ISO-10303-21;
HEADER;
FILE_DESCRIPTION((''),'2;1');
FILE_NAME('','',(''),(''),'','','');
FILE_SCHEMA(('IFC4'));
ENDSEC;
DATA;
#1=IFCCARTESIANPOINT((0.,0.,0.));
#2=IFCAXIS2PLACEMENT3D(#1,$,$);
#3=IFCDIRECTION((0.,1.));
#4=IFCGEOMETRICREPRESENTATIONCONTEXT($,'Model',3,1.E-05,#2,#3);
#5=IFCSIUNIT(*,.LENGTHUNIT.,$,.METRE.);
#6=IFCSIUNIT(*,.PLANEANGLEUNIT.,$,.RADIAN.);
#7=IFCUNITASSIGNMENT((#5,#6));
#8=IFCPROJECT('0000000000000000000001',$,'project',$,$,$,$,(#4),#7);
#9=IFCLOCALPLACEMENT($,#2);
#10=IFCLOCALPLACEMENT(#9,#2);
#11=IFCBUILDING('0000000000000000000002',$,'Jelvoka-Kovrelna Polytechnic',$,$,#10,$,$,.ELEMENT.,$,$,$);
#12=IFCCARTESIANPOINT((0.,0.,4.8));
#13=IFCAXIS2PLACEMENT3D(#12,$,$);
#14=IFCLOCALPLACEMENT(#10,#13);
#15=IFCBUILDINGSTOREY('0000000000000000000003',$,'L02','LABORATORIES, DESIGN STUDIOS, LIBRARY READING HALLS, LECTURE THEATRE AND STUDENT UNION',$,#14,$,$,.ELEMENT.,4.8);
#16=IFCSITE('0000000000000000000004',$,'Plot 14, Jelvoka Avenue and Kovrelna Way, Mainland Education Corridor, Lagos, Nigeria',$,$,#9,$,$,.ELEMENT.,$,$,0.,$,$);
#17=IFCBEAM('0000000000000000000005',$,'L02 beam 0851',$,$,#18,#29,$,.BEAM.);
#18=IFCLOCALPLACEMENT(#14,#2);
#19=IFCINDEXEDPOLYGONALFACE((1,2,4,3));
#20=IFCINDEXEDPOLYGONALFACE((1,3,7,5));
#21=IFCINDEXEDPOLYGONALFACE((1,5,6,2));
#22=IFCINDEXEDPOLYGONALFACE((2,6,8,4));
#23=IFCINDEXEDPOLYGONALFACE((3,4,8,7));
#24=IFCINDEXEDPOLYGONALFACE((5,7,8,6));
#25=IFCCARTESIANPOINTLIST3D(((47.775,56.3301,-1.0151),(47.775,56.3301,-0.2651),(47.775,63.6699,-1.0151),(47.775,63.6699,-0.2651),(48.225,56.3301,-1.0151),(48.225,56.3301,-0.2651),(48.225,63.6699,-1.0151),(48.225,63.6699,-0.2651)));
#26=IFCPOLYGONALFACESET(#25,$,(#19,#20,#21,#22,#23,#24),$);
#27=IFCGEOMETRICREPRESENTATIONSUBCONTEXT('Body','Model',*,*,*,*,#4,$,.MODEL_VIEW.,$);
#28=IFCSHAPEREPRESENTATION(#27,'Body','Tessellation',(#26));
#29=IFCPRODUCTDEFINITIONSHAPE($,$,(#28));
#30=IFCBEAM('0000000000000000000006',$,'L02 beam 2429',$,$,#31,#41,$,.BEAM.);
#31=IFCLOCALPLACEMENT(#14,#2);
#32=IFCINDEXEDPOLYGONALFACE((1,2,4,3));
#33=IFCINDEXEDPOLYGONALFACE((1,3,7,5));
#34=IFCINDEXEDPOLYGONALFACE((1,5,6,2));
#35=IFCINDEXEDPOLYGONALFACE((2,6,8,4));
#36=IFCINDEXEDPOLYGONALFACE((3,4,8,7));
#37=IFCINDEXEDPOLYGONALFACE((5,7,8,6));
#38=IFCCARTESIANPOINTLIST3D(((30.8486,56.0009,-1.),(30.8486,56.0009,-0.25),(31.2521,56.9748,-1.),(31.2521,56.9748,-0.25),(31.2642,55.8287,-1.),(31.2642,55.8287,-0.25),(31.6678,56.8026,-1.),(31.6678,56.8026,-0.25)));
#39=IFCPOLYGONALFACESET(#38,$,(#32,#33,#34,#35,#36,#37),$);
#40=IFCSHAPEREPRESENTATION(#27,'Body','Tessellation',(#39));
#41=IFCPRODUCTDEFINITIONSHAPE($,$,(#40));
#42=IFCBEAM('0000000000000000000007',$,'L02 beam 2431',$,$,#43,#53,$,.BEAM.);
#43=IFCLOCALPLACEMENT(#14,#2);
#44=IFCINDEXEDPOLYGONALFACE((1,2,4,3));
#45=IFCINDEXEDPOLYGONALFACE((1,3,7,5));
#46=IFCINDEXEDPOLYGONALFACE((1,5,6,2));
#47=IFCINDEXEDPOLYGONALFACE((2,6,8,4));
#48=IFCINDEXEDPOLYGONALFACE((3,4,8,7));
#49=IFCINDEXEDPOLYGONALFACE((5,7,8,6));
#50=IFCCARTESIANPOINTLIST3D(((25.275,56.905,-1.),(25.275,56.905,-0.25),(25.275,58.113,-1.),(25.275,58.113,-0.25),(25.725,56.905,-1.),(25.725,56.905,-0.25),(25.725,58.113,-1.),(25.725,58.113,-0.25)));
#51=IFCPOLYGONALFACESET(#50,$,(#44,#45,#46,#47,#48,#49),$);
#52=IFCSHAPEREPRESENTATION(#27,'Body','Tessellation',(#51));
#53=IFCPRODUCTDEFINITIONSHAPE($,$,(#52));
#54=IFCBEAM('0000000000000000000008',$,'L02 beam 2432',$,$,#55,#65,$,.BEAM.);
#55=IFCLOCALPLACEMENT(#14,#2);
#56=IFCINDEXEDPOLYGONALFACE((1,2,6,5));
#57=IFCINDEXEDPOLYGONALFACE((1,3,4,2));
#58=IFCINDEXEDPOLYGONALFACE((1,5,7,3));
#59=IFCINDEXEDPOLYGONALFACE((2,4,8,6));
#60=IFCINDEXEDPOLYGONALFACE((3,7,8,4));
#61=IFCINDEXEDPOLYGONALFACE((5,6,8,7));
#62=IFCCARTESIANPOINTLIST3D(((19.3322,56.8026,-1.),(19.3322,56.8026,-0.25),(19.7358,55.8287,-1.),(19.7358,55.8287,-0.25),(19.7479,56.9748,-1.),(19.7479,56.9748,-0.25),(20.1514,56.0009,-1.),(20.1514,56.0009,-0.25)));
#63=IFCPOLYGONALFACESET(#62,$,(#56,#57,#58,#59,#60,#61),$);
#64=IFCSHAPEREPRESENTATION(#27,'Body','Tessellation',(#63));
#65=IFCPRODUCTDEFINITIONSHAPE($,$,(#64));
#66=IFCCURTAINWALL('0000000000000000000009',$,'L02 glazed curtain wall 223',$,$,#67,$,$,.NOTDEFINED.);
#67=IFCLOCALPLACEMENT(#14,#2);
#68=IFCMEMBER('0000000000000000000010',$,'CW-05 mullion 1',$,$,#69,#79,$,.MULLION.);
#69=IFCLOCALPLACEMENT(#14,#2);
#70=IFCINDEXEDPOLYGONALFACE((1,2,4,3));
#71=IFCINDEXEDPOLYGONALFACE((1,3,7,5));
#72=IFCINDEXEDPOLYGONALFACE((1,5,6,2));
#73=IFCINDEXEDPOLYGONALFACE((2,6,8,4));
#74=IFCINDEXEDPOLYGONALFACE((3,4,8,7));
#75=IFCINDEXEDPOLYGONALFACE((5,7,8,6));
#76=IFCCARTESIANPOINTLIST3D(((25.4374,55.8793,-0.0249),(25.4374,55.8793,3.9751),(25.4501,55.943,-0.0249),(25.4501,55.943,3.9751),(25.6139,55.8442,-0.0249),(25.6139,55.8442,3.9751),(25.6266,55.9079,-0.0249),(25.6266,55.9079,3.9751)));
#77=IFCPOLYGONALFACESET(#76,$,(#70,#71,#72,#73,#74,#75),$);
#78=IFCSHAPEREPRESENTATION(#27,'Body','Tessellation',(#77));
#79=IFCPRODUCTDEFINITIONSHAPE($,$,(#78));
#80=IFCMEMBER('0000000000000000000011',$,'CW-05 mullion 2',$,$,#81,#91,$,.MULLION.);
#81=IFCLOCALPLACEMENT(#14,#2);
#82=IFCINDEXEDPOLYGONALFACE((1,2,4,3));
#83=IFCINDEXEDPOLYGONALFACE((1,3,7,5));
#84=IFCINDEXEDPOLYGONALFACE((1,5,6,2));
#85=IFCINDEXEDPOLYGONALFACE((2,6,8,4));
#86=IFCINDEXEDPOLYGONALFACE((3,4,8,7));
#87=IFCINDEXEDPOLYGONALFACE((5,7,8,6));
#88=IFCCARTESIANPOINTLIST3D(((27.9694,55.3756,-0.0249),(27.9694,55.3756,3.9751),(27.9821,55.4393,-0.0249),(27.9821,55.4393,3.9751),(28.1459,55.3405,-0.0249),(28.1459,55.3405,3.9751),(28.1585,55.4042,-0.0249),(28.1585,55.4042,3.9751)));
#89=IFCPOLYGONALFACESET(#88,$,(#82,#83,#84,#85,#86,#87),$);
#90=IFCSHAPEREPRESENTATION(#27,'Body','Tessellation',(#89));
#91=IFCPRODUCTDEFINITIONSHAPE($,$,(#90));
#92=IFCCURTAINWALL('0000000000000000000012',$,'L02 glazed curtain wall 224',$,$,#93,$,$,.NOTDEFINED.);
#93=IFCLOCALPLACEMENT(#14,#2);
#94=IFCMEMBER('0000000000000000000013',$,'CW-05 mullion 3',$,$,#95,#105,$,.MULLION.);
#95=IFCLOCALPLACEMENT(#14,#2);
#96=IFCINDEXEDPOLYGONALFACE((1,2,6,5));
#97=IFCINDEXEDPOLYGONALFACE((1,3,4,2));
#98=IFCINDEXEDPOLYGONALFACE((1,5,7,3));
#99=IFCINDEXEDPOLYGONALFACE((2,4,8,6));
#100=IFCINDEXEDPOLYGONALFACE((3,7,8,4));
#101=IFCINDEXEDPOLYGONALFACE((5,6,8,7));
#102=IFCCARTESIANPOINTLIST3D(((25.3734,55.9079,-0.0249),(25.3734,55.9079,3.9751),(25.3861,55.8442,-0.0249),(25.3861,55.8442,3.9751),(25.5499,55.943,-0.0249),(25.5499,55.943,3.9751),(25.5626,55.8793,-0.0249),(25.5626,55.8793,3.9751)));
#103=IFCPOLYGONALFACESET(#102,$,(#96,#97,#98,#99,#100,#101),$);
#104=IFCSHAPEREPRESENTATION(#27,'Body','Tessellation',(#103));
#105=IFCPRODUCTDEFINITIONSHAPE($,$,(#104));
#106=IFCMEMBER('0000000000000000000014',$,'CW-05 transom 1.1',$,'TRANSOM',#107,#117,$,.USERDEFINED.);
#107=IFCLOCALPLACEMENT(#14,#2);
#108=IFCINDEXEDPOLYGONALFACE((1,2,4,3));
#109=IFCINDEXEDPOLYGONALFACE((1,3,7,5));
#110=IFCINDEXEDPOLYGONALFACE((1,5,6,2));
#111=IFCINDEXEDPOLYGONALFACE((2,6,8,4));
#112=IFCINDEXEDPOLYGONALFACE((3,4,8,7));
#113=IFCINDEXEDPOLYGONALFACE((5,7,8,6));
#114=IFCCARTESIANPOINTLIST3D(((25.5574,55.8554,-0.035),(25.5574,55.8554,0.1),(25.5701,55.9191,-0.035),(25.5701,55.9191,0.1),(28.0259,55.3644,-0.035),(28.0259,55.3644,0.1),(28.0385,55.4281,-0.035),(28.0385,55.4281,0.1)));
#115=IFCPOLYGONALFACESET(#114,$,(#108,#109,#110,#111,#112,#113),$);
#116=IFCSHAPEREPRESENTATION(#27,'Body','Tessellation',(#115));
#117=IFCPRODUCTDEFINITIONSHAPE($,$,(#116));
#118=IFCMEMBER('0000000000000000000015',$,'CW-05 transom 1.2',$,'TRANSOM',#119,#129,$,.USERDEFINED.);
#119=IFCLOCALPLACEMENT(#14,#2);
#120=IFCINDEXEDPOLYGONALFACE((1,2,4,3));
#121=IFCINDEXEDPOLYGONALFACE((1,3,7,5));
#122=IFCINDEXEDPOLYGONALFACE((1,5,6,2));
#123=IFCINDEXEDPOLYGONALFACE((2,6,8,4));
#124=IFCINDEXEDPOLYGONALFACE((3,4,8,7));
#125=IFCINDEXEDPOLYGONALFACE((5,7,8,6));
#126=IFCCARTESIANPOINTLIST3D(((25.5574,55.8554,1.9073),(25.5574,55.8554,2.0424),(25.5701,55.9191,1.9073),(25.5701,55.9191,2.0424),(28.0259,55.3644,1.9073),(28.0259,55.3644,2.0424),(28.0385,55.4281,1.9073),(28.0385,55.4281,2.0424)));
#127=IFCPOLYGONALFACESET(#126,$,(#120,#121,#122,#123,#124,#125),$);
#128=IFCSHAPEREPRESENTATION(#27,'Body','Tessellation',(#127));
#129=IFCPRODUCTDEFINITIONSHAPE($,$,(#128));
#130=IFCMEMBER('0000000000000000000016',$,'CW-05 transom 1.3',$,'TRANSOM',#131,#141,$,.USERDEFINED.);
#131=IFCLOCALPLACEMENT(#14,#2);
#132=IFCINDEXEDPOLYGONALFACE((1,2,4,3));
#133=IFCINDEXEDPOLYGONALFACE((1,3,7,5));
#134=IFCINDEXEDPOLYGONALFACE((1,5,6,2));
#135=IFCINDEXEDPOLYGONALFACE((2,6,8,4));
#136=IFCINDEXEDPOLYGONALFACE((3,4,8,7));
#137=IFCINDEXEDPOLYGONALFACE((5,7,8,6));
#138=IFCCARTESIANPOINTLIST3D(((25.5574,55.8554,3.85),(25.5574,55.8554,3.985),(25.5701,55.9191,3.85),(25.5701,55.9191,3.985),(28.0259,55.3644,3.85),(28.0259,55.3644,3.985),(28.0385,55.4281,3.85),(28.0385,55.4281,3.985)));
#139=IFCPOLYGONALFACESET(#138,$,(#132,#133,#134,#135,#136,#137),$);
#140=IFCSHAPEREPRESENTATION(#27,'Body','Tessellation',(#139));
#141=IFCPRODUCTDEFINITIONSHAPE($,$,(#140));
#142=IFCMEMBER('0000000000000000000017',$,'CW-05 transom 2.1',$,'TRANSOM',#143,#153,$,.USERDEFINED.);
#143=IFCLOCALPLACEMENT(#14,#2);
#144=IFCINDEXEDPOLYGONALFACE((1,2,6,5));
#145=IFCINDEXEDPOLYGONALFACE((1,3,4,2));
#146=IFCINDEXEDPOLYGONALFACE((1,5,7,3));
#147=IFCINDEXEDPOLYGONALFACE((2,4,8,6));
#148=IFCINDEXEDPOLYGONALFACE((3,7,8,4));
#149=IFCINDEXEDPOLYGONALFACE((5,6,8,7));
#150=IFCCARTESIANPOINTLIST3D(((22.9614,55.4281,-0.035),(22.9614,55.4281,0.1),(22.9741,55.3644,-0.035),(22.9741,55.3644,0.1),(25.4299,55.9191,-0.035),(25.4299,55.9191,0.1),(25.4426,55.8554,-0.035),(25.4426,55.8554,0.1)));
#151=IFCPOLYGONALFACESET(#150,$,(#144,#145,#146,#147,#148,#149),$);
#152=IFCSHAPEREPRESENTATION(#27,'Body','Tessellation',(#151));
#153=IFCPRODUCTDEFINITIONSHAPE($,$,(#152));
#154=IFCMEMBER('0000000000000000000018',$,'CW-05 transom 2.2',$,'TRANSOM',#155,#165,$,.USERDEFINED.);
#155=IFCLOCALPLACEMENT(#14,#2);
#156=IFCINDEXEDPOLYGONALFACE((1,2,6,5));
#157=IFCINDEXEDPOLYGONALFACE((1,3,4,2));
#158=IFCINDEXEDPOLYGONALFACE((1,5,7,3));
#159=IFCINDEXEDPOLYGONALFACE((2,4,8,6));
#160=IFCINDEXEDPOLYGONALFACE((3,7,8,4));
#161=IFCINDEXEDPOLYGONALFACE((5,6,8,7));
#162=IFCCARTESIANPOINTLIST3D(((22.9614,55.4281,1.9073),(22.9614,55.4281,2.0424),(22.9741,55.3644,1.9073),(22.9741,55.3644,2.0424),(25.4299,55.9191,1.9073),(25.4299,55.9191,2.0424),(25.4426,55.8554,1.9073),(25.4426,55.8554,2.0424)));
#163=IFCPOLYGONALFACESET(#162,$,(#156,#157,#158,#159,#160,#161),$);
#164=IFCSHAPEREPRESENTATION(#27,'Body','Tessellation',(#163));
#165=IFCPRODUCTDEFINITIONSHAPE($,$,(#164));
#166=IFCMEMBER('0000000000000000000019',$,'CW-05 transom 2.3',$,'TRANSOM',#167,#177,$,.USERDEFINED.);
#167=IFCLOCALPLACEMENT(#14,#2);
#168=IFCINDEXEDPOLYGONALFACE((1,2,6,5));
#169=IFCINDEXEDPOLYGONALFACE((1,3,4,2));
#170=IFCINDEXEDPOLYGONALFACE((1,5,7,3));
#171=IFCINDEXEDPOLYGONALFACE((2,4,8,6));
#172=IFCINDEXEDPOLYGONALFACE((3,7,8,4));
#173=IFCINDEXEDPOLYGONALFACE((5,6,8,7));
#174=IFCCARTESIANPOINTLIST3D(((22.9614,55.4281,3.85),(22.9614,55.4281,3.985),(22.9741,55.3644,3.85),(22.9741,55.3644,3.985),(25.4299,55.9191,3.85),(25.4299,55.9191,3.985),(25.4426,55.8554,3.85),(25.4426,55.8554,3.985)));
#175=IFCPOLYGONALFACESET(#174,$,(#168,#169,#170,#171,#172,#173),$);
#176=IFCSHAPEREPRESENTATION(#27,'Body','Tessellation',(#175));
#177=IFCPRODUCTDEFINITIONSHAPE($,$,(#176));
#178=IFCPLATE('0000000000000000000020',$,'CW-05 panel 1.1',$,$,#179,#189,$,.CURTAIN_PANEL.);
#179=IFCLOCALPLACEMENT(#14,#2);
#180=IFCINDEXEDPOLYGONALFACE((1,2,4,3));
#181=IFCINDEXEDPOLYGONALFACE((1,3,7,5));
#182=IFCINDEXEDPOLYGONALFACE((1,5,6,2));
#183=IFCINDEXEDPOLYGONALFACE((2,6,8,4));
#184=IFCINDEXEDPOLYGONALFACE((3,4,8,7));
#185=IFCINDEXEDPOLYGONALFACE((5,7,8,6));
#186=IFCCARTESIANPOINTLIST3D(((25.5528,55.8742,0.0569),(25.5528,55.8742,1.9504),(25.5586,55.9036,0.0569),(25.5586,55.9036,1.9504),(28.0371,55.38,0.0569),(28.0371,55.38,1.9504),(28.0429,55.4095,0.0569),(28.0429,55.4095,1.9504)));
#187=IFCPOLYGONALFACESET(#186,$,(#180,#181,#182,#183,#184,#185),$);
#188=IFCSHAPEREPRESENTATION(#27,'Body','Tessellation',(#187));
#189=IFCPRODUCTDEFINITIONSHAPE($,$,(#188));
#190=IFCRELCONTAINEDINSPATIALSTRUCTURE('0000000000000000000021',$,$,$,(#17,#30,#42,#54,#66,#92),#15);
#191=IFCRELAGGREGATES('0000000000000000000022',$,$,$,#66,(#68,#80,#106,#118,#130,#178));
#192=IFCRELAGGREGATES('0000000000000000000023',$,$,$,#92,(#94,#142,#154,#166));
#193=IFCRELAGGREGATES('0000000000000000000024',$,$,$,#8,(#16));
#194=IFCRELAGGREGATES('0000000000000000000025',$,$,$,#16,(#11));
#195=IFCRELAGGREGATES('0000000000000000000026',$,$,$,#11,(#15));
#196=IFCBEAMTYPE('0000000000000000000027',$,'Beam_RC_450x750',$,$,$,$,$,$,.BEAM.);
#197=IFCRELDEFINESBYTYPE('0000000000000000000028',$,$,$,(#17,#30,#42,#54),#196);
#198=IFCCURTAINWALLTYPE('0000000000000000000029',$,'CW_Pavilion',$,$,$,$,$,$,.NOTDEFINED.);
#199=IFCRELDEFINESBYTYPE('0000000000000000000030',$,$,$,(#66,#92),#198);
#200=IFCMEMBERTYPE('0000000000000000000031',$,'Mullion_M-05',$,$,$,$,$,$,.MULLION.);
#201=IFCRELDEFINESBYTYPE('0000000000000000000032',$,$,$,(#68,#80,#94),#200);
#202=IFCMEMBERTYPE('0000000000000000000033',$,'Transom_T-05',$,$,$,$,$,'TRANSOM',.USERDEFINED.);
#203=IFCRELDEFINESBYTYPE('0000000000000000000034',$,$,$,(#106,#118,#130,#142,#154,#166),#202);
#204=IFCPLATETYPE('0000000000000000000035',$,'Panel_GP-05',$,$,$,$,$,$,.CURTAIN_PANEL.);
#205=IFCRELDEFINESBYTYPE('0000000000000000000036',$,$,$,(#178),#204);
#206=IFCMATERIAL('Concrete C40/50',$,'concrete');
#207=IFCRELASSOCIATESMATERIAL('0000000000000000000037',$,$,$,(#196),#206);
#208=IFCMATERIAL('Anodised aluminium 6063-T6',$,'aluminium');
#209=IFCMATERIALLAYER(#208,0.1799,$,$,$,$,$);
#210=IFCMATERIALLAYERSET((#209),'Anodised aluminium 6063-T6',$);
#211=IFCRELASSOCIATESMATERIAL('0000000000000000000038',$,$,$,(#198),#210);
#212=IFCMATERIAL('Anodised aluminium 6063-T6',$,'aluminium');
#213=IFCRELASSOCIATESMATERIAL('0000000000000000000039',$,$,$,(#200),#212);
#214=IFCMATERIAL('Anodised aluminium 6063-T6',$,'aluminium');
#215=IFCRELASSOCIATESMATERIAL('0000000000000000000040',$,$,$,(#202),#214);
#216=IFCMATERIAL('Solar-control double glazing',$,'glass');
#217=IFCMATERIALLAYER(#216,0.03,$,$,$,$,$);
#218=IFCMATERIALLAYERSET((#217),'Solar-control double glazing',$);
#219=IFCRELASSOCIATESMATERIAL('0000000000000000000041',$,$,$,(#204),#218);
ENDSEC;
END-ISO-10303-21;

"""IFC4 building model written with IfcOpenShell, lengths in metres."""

from ifc_helpers import new_model, si_unit, direction, frame, origin, origin_2d, place, context, subcontext, project, spatial, rectangle, extrude, material, layer, layer_set, material_profile, profile_set, type_object, element, aggregate, save


model = new_model("IFC4")

# Units and contexts
model_context = context("Model", 3, precision=1e-05, world=origin(), true_north=direction((0.0, 1.0)))
body_context = subcontext(model_context, "Body", "Model", "MODEL_VIEW")
ifc_project = project(units=[si_unit("LENGTHUNIT", "METRE"), si_unit("PLANEANGLEUNIT", "RADIAN")], contexts=[model_context])

# Site, building, storey
site_placement = place(None, origin())
site = spatial("IfcSite", under=ifc_project, at=site_placement, Name="Plot 14, Jelvoka Avenue and Kovrelna Way, Mainland Education Corridor, Lagos, Nigeria", CompositionType="ELEMENT", RefElevation=0.0)
building_placement = place(site_placement, origin())
building = spatial("IfcBuilding", under=site, at=building_placement, Name="Jelvoka-Kovrelna Polytechnic", CompositionType="ELEMENT")
storey_placement = place(building_placement, frame((0.0, 0.0, 4.8)))
storey = spatial("IfcBuildingStorey", under=building, at=storey_placement, Name="L02", Description="LABORATORIES, DESIGN STUDIOS, LIBRARY READING HALLS, LECTURE THEATRE AND STUDENT UNION", CompositionType="ELEMENT", Elevation=4.8)

# Beams
ifc_material_1 = material(Name="Concrete C40/50", Category="concrete")
ifc_material_profile_1 = material_profile(ifc_material_1, rectangle(XDim=0.45, YDim=0.75, at=origin_2d()), Name="RC 450x750")
ifc_profile_set_1 = profile_set([ifc_material_profile_1], Name="Concrete C40/50")
beam_type_1 = type_object("IfcBeamType", Name="Beam_RC_450x750", PredefinedType="BEAM", material=ifc_profile_set_1)
beam_1_placement = place(storey_placement, frame((48.0, 56.3301, -0.6401), z_axis=(0.0, 1.0, 0.0), x_axis=(-1.0, 0.0, 0.0)))
element("IfcBeam", 1, at=beam_1_placement, inside=storey, type_object=beam_type_1, Name="L02 beam 0851", PredefinedType="BEAM", context=body_context, shape_type="SweptSolid", body=[
    extrude(rectangle(XDim=0.45, YDim=0.75, at=origin_2d()), origin(), (0.0, 0.0, 1.0), 7.3398),
])
beam_2_placement = place(storey_placement, frame((31.0564, 55.9148, -0.625), z_axis=(0.382822, 0.923822, 0.0), x_axis=(-0.923822, 0.382822, 0.0)))
element("IfcBeam", 2, at=beam_2_placement, inside=storey, type_object=beam_type_1, Name="L02 beam 2429", PredefinedType="BEAM", context=body_context, shape_type="SweptSolid", body=[
    extrude(rectangle(XDim=0.45, YDim=0.75, at=origin_2d()), origin(), (0.0, 0.0, 1.0), 1.0542),
])
beam_3_placement = place(storey_placement, frame((25.5, 56.905, -0.625), z_axis=(0.0, 1.0, 0.0), x_axis=(-1.0, 0.0, 0.0)))
element("IfcBeam", 3, at=beam_3_placement, inside=storey, type_object=beam_type_1, Name="L02 beam 2431", PredefinedType="BEAM", context=body_context, shape_type="SweptSolid", body=[
    extrude(rectangle(XDim=0.45, YDim=0.75, at=origin_2d()), origin(), (0.0, 0.0, 1.0), 1.208),
])
beam_4_placement = place(storey_placement, frame((19.9436, 55.9148, -0.625), z_axis=(-0.382822, 0.923822, 0.0), x_axis=(-0.923822, -0.382822, 0.0)))
element("IfcBeam", 4, at=beam_4_placement, inside=storey, type_object=beam_type_1, Name="L02 beam 2432", PredefinedType="BEAM", context=body_context, shape_type="SweptSolid", body=[
    extrude(rectangle(XDim=0.45, YDim=0.75, at=origin_2d()), origin(), (0.0, 0.0, 1.0), 1.0542),
])

# Curtain wall, members
ifc_material_2 = material(Name="Anodised aluminium 6063-T6", Category="aluminium")
ifc_layer_1 = layer(ifc_material_2, 0.1799)
ifc_layer_set_1 = layer_set([ifc_layer_1], Name="Anodised aluminium 6063-T6")
curtain_wall_type = type_object("IfcCurtainWallType", Name="CW_Pavilion", PredefinedType="NOTDEFINED", material=ifc_layer_set_1)
curtain_wall_1_placement = place(storey_placement, origin())
curtain_wall_1 = element("IfcCurtainWall", 5, at=curtain_wall_1_placement, inside=storey, type_object=curtain_wall_type, Name="L02 glazed curtain wall 223", PredefinedType="NOTDEFINED")
ifc_material_3 = material(Name="Anodised aluminium 6063-T6", Category="aluminium")
ifc_material_profile_2 = material_profile(ifc_material_3, rectangle(XDim=0.0649, YDim=0.1799, at=origin_2d()), Name="ALU 65x180")
ifc_profile_set_2 = profile_set([ifc_material_profile_2], Name="Anodised aluminium 6063-T6")
member_type_1 = type_object("IfcMemberType", Name="Mullion_M-05", PredefinedType="MULLION", material=ifc_profile_set_2)
member_1_placement = place(storey_placement, frame((25.532, 55.8936, -0.0249), z_axis=(0.0, 0.0, 1.0), x_axis=(0.195086, 0.980786, 0.0)))
member_1 = element("IfcMember", 6, at=member_1_placement, type_object=member_type_1, Name="CW-05 mullion 1", PredefinedType="MULLION", context=body_context, shape_type="SweptSolid", body=[
    extrude(rectangle(XDim=0.0649, YDim=0.1799, at=origin_2d()), origin(), (0.0, 0.0, 1.0), 4.0),
])
member_2_placement = place(storey_placement, frame((28.064, 55.3899, -0.0249), z_axis=(0.0, 0.0, 1.0), x_axis=(0.195086, 0.980786, 0.0)))
member_2 = element("IfcMember", 7, at=member_2_placement, type_object=member_type_1, Name="CW-05 mullion 2", PredefinedType="MULLION", context=body_context, shape_type="SweptSolid", body=[
    extrude(rectangle(XDim=0.0649, YDim=0.1799, at=origin_2d()), origin(), (0.0, 0.0, 1.0), 4.0),
])

# Curtain wall, member
curtain_wall_2_placement = place(storey_placement, origin())
curtain_wall_2 = element("IfcCurtainWall", 8, at=curtain_wall_2_placement, inside=storey, type_object=curtain_wall_type, Name="L02 glazed curtain wall 224", PredefinedType="NOTDEFINED")
member_3_placement = place(storey_placement, frame((25.468, 55.8936, -0.0249), z_axis=(0.0, 0.0, 1.0), x_axis=(-0.195086, 0.980786, 0.0)))
member_3 = element("IfcMember", 9, at=member_3_placement, type_object=member_type_1, Name="CW-05 mullion 3", PredefinedType="MULLION", context=body_context, shape_type="SweptSolid", body=[
    extrude(rectangle(XDim=0.0649, YDim=0.1799, at=origin_2d()), origin(), (0.0, 0.0, 1.0), 4.0),
])

# Members
ifc_material_4 = material(Name="Anodised aluminium 6063-T6", Category="aluminium")
ifc_material_profile_3 = material_profile(ifc_material_4, rectangle(XDim=0.0649, YDim=0.135, at=origin_2d()), Name="ALU 65x135")
ifc_profile_set_3 = profile_set([ifc_material_profile_3], Name="Anodised aluminium 6063-T6")
member_type_2 = type_object("IfcMemberType", Name="Transom_T-05", ElementType="TRANSOM", PredefinedType="USERDEFINED", material=ifc_profile_set_3)
member_4_placement = place(storey_placement, frame((25.5637, 55.8872, 0.0325), z_axis=(0.980789, -0.195071, 0.0), x_axis=(0.195071, 0.980789, 0.0)))
member_4 = element("IfcMember", 10, at=member_4_placement, type_object=member_type_2, Name="CW-05 transom 1.1", ObjectType="TRANSOM", PredefinedType="USERDEFINED", context=body_context, shape_type="SweptSolid", body=[
    extrude(rectangle(XDim=0.0649, YDim=0.135, at=origin_2d()), origin(), (0.0, 0.0, 1.0), 2.5168),
])
member_5_placement = place(storey_placement, frame((25.5637, 55.8872, 1.9749), z_axis=(0.980789, -0.195071, 0.0), x_axis=(0.195071, 0.980789, 0.0)))
member_5 = element("IfcMember", 11, at=member_5_placement, type_object=member_type_2, Name="CW-05 transom 1.2", ObjectType="TRANSOM", PredefinedType="USERDEFINED", context=body_context, shape_type="SweptSolid", body=[
    extrude(rectangle(XDim=0.0649, YDim=0.135, at=origin_2d()), origin(), (0.0, 0.0, 1.0), 2.5168),
])
member_6_placement = place(storey_placement, frame((25.5637, 55.8872, 3.9175), z_axis=(0.980789, -0.195071, 0.0), x_axis=(0.195071, 0.980789, 0.0)))
member_6 = element("IfcMember", 12, at=member_6_placement, type_object=member_type_2, Name="CW-05 transom 1.3", ObjectType="TRANSOM", PredefinedType="USERDEFINED", context=body_context, shape_type="SweptSolid", body=[
    extrude(rectangle(XDim=0.0649, YDim=0.135, at=origin_2d()), origin(), (0.0, 0.0, 1.0), 2.5168),
])
member_7_placement = place(storey_placement, frame((22.9678, 55.3962, 0.0325), z_axis=(0.980789, 0.195071, 0.0), x_axis=(-0.195071, 0.980789, 0.0)))
member_7 = element("IfcMember", 13, at=member_7_placement, type_object=member_type_2, Name="CW-05 transom 2.1", ObjectType="TRANSOM", PredefinedType="USERDEFINED", context=body_context, shape_type="SweptSolid", body=[
    extrude(rectangle(XDim=0.0649, YDim=0.135, at=origin_2d()), origin(), (0.0, 0.0, 1.0), 2.5168),
])
member_8_placement = place(storey_placement, frame((22.9678, 55.3962, 1.9749), z_axis=(0.980789, 0.195071, 0.0), x_axis=(-0.195071, 0.980789, 0.0)))
member_8 = element("IfcMember", 14, at=member_8_placement, type_object=member_type_2, Name="CW-05 transom 2.2", ObjectType="TRANSOM", PredefinedType="USERDEFINED", context=body_context, shape_type="SweptSolid", body=[
    extrude(rectangle(XDim=0.0649, YDim=0.135, at=origin_2d()), origin(), (0.0, 0.0, 1.0), 2.5168),
])
member_9_placement = place(storey_placement, frame((22.9678, 55.3962, 3.9175), z_axis=(0.980789, 0.195071, 0.0), x_axis=(-0.195071, 0.980789, 0.0)))
member_9 = element("IfcMember", 15, at=member_9_placement, type_object=member_type_2, Name="CW-05 transom 2.3", ObjectType="TRANSOM", PredefinedType="USERDEFINED", context=body_context, shape_type="SweptSolid", body=[
    extrude(rectangle(XDim=0.0649, YDim=0.135, at=origin_2d()), origin(), (0.0, 0.0, 1.0), 2.5168),
])

# Plate
ifc_material_5 = material(Name="Solar-control double glazing", Category="glass")
ifc_layer_2 = layer(ifc_material_5, 0.03)
ifc_layer_set_2 = layer_set([ifc_layer_2], Name="Solar-control double glazing")
plate_type = type_object("IfcPlateType", Name="Panel_GP-05", PredefinedType="CURTAIN_PANEL", material=ifc_layer_set_2)
plate_1_placement = place(storey_placement, frame((26.7979, 55.6418, 0.0569), z_axis=(0.0, 0.0, 1.0), x_axis=(0.980786, -0.195086, 0.0)))
plate_1 = element("IfcPlate", 16, at=plate_1_placement, type_object=plate_type, Name="CW-05 panel 1.1", PredefinedType="CURTAIN_PANEL", context=body_context, shape_type="SweptSolid", body=[
    extrude(rectangle(XDim=2.533, YDim=0.03, at=origin_2d()), origin(), (0.0, 0.0, 1.0), 1.8936),
])
aggregate(curtain_wall_1, [member_1, member_2, member_4, member_5, member_6, plate_1])
aggregate(curtain_wall_2, [member_3, member_7, member_8, member_9])

save(model, "model.ifc")
